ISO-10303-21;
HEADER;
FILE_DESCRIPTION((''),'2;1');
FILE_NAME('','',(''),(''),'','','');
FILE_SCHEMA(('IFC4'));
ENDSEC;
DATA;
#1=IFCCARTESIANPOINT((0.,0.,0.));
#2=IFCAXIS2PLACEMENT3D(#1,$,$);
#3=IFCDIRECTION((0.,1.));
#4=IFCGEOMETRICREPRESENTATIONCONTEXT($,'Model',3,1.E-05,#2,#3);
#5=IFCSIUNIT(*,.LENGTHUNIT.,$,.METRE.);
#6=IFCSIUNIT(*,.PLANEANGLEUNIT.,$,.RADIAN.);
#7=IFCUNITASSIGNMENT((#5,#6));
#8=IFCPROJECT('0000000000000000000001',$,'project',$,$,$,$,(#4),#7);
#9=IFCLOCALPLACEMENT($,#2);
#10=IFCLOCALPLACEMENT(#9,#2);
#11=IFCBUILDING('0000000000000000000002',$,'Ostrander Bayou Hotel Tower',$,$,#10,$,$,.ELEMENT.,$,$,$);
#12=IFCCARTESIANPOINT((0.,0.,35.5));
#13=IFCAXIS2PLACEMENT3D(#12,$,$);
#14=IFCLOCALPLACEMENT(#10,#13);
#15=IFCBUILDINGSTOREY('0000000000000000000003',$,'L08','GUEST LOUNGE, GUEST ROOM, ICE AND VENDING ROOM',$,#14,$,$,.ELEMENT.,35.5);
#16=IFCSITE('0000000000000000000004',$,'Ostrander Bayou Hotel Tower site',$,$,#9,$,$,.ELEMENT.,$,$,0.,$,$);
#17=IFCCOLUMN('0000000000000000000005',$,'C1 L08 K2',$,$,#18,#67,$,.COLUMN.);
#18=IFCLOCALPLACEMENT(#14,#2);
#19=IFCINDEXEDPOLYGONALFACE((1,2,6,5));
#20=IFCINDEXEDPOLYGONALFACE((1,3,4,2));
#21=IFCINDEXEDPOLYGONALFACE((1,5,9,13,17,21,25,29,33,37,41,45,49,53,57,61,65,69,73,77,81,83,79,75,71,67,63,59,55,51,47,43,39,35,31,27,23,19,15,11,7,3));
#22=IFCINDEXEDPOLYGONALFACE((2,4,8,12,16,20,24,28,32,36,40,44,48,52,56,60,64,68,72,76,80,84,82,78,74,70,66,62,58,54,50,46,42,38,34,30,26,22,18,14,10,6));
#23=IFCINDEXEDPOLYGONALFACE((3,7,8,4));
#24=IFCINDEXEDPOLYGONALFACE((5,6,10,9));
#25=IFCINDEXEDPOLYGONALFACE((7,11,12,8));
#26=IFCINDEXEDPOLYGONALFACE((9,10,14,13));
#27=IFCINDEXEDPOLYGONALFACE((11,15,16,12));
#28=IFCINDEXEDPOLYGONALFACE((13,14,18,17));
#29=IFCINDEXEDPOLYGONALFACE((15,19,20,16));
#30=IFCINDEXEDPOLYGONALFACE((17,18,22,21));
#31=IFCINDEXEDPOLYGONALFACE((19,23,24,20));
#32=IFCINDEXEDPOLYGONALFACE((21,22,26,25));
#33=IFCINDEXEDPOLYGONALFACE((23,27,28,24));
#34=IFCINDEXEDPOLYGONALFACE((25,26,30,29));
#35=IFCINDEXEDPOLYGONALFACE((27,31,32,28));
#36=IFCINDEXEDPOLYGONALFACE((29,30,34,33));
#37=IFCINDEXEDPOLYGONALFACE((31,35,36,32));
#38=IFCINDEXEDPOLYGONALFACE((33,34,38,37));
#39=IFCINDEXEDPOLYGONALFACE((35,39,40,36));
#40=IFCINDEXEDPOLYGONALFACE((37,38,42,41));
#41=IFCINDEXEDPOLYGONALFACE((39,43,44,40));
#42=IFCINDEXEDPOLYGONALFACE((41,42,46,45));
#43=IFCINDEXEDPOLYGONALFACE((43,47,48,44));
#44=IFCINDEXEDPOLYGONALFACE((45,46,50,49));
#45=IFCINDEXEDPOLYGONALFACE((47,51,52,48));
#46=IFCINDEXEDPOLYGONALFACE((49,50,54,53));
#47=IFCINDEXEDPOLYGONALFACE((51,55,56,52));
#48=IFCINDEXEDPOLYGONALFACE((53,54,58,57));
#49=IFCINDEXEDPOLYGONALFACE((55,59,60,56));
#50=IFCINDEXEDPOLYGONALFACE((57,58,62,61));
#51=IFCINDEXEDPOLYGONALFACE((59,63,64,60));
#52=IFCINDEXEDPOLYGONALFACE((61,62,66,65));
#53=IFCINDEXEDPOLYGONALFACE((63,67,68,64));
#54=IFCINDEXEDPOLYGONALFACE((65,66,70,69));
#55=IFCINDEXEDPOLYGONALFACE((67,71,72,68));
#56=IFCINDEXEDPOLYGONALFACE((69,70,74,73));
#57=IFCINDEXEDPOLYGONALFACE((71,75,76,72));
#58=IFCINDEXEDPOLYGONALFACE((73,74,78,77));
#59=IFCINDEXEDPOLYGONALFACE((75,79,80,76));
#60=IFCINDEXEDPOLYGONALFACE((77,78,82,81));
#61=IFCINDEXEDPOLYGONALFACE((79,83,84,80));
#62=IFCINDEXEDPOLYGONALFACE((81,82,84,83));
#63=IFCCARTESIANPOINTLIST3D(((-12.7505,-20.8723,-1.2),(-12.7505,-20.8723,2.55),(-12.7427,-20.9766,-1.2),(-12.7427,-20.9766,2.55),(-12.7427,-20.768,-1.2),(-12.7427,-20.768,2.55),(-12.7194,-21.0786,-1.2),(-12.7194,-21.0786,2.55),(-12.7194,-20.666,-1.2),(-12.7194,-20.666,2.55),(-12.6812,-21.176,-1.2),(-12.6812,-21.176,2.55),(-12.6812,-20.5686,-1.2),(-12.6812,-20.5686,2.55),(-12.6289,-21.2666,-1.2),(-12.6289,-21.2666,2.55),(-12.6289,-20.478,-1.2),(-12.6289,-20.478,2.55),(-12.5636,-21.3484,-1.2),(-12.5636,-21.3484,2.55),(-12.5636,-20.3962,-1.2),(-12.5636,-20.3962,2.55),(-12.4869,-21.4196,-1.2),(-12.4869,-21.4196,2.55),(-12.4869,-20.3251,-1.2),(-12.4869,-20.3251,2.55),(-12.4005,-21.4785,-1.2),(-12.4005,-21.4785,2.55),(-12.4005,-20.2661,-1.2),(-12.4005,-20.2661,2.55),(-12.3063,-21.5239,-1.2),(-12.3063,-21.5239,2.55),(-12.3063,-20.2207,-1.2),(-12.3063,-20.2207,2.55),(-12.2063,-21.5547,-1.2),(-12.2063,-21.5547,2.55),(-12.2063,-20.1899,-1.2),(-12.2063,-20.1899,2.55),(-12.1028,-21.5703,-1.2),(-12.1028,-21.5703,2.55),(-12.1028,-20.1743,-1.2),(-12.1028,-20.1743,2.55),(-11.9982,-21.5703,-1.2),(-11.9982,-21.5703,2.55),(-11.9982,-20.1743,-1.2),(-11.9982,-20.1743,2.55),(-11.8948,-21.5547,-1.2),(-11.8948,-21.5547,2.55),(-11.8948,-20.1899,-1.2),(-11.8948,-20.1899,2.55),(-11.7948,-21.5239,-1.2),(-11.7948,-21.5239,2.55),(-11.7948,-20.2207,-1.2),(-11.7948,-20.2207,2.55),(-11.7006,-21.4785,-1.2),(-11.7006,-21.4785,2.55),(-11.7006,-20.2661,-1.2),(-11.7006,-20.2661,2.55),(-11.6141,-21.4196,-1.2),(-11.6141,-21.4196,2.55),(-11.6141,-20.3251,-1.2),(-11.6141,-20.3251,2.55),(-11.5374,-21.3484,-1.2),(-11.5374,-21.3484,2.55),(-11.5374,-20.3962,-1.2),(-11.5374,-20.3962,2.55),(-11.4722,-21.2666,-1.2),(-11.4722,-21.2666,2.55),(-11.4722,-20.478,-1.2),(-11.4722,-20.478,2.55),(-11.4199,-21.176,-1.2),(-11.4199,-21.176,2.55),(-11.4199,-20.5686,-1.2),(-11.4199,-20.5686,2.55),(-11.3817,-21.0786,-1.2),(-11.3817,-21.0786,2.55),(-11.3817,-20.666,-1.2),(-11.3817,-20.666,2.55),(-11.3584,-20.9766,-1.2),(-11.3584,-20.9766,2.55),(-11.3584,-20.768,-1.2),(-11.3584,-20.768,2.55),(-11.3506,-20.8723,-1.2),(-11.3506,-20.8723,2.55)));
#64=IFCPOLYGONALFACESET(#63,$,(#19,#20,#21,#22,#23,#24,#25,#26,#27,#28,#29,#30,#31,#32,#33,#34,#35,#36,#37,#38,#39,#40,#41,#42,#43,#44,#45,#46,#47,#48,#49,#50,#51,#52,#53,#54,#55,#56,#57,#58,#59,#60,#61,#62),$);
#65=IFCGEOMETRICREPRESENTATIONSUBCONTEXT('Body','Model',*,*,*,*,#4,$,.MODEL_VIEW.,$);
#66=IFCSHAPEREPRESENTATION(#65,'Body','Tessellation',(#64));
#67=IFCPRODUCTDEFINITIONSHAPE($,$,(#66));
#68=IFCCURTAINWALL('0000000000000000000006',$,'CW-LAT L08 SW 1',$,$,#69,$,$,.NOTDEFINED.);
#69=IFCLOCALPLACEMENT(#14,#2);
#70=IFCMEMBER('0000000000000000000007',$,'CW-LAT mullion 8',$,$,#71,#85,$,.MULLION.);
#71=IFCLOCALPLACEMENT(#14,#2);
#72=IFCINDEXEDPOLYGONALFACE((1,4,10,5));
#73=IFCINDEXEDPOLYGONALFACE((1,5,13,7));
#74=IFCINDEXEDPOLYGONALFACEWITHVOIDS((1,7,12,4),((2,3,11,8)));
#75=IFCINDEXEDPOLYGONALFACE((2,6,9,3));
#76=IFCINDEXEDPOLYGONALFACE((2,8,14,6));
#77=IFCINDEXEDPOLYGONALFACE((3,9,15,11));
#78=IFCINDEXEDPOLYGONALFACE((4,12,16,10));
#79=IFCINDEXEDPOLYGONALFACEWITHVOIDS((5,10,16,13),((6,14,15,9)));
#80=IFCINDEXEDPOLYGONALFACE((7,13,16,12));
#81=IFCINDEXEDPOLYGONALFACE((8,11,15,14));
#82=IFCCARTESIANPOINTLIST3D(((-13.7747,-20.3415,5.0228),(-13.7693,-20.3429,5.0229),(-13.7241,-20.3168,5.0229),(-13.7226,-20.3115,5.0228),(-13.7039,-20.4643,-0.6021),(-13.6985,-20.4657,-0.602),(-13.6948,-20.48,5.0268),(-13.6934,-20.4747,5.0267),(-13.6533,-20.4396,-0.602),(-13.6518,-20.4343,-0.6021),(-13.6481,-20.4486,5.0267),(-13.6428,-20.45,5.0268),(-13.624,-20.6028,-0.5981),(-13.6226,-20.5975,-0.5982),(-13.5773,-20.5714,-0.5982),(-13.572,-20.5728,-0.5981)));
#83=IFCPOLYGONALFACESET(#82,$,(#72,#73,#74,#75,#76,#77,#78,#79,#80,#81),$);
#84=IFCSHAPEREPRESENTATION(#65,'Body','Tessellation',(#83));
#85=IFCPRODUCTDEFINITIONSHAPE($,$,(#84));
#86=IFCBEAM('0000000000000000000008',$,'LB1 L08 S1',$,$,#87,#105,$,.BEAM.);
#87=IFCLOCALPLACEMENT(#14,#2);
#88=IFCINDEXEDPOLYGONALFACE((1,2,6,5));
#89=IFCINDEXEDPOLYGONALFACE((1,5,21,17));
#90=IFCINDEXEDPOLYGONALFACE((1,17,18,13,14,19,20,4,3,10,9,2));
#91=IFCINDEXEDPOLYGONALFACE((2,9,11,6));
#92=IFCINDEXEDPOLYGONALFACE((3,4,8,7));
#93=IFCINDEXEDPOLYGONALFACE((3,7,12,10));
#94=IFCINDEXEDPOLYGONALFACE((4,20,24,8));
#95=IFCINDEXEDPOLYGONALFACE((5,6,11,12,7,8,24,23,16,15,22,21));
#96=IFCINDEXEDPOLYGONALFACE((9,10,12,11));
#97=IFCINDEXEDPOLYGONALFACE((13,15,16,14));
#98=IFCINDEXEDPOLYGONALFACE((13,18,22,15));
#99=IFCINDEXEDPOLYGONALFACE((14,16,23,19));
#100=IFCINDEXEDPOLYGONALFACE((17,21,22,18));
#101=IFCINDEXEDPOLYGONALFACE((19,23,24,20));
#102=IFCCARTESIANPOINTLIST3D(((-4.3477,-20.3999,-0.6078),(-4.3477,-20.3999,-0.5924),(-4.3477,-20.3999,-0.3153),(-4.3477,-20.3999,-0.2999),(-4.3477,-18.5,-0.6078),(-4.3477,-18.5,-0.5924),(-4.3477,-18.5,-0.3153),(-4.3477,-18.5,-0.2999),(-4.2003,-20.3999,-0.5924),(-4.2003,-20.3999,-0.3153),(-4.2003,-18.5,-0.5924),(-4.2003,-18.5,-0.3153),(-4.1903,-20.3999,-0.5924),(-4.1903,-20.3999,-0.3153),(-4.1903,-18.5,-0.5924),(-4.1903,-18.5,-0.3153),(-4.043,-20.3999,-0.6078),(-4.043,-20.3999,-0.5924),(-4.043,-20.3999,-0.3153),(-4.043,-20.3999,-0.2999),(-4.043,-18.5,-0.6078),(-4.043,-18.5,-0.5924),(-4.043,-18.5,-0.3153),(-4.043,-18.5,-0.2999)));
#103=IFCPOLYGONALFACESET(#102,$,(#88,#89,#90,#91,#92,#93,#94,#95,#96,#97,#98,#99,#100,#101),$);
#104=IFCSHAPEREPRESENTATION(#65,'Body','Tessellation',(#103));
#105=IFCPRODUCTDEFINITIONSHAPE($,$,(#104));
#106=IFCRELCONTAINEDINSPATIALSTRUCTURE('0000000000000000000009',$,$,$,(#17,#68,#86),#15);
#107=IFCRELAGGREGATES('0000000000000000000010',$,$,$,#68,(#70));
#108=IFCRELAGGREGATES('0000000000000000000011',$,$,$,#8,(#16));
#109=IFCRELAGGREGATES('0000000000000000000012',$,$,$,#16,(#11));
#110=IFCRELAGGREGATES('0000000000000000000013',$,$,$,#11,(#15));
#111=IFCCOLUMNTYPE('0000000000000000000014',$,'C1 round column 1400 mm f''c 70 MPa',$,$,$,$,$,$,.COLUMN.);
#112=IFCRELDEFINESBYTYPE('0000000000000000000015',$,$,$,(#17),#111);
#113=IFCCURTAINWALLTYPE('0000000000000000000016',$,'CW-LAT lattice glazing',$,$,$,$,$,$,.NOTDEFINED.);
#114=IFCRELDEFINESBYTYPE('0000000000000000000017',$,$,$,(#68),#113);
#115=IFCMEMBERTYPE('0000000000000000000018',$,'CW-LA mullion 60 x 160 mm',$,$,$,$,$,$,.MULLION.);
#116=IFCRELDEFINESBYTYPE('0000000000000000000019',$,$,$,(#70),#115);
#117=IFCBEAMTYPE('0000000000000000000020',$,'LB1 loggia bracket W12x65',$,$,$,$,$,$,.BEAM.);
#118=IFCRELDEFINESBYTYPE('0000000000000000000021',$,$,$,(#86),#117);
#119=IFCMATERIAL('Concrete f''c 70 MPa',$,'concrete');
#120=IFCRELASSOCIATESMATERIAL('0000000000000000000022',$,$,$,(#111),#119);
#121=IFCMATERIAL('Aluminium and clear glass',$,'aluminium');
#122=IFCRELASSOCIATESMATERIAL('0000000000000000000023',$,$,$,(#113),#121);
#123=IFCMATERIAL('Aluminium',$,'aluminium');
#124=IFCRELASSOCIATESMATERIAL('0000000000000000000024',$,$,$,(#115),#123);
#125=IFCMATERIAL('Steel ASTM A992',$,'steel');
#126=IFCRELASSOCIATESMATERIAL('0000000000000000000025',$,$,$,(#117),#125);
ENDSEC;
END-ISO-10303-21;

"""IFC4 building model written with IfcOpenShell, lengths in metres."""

from ifc_helpers import new_model, si_unit, direction, frame, origin, origin_2d, place, context, subcontext, project, spatial, hollow_rectangle, circle, i_section, extrude, material, material_profile, profile_set, type_object, element, aggregate, save


model = new_model("IFC4")

# Units and contexts
model_context = context("Model", 3, precision=1e-05, world=origin(), true_north=direction((0.0, 1.0)))
body_context = subcontext(model_context, "Body", "Model", "MODEL_VIEW")
ifc_project = project(units=[si_unit("LENGTHUNIT", "METRE"), si_unit("PLANEANGLEUNIT", "RADIAN")], contexts=[model_context])

# Site, building, storey
site_placement = place(None, origin())
site = spatial("IfcSite", under=ifc_project, at=site_placement, Name="Ostrander Bayou Hotel Tower site", CompositionType="ELEMENT", RefElevation=0.0)
building_placement = place(site_placement, origin())
building = spatial("IfcBuilding", under=site, at=building_placement, Name="Ostrander Bayou Hotel Tower", CompositionType="ELEMENT")
storey_placement = place(building_placement, frame((0.0, 0.0, 35.5)))
storey = spatial("IfcBuildingStorey", under=building, at=storey_placement, Name="L08", Description="GUEST LOUNGE, GUEST ROOM, ICE AND VENDING ROOM", CompositionType="ELEMENT", Elevation=35.5)

# Column
ifc_material_1 = material(Name="Concrete f'c 70 MPa", Category="concrete")
ifc_material_profile_1 = material_profile(ifc_material_1, circle(Radius=0.7, at=origin_2d()))
ifc_profile_set_1 = profile_set([ifc_material_profile_1], Name="Concrete f'c 70 MPa")
column_type = type_object("IfcColumnType", Name="C1 round column 1400 mm f'c 70 MPa", PredefinedType="COLUMN", material=ifc_profile_set_1)
column_placement = place(storey_placement, frame((-12.0505, -20.8723, -1.2), z_axis=(0.0, 0.0, 1.0), x_axis=(1.0, 0.0, 0.0)))
element("IfcColumn", 1, at=column_placement, inside=storey, type_object=column_type, Name="C1 L08 K2", PredefinedType="COLUMN", context=body_context, shape_type="SweptSolid", body=[
    extrude(circle(Radius=0.7, at=origin_2d()), origin(), (0.0, 0.0, 1.0), 3.75),
])

# Curtain wall, member
ifc_material_2 = material(Name="Aluminium and clear glass", Category="aluminium")
curtain_wall_type = type_object("IfcCurtainWallType", Name="CW-LAT lattice glazing", PredefinedType="NOTDEFINED", material=ifc_material_2)
curtain_wall_placement = place(storey_placement, origin())
curtain_wall = element("IfcCurtainWall", 2, at=curtain_wall_placement, inside=storey, type_object=curtain_wall_type, Name="CW-LAT L08 SW 1", PredefinedType="NOTDEFINED")
ifc_material_3 = material(Name="Aluminium", Category="aluminium")
ifc_material_profile_2 = material_profile(ifc_material_3, hollow_rectangle(XDim=0.0601, YDim=0.1599, WallThickness=0.0039, at=origin_2d()))
ifc_profile_set_2 = profile_set([ifc_material_profile_2], Name="Aluminium")
member_type = type_object("IfcMemberType", Name="CW-LA mullion 60 x 160 mm", PredefinedType="MULLION", material=ifc_profile_set_2)
member_placement = place(storey_placement, frame((-13.6379, -20.5186, -0.6001), z_axis=(-0.012583, 0.021825, 0.999683), x_axis=(-0.866329, -0.499474, 0.0)))
member = element("IfcMember", 3, at=member_placement, type_object=member_type, Name="CW-LAT mullion 8", PredefinedType="MULLION", context=body_context, shape_type="SweptSolid", body=[
    extrude(hollow_rectangle(XDim=0.0601, YDim=0.1599, WallThickness=0.0039, at=origin_2d()), origin(), (0.0, 0.0, 1.0), 5.6267),
])
aggregate(curtain_wall, [member])

# Beam
ifc_material_4 = material(Name="Steel ASTM A992", Category="steel")
ifc_material_profile_3 = material_profile(ifc_material_4, i_section(OverallWidth=0.3047, OverallDepth=0.3079, WebThickness=0.01, FlangeThickness=0.0154, at=origin_2d()))
ifc_profile_set_3 = profile_set([ifc_material_profile_3], Name="Steel ASTM A992")
beam_type = type_object("IfcBeamType", Name="LB1 loggia bracket W12x65", PredefinedType="BEAM", material=ifc_profile_set_3)
beam_placement = place(storey_placement, frame((-4.1953, -20.3999, -0.4539), z_axis=(0.0, 1.0, 0.0), x_axis=(-1.0, 0.0, 0.0)))
element("IfcBeam", 4, at=beam_placement, inside=storey, type_object=beam_type, Name="LB1 L08 S1", PredefinedType="BEAM", context=body_context, shape_type="SweptSolid", body=[
    extrude(i_section(OverallWidth=0.3047, OverallDepth=0.3079, WebThickness=0.01, FlangeThickness=0.0154, at=origin_2d()), origin(), (0.0, 0.0, 1.0), 1.8999),
])

save(model, "model.ifc")
